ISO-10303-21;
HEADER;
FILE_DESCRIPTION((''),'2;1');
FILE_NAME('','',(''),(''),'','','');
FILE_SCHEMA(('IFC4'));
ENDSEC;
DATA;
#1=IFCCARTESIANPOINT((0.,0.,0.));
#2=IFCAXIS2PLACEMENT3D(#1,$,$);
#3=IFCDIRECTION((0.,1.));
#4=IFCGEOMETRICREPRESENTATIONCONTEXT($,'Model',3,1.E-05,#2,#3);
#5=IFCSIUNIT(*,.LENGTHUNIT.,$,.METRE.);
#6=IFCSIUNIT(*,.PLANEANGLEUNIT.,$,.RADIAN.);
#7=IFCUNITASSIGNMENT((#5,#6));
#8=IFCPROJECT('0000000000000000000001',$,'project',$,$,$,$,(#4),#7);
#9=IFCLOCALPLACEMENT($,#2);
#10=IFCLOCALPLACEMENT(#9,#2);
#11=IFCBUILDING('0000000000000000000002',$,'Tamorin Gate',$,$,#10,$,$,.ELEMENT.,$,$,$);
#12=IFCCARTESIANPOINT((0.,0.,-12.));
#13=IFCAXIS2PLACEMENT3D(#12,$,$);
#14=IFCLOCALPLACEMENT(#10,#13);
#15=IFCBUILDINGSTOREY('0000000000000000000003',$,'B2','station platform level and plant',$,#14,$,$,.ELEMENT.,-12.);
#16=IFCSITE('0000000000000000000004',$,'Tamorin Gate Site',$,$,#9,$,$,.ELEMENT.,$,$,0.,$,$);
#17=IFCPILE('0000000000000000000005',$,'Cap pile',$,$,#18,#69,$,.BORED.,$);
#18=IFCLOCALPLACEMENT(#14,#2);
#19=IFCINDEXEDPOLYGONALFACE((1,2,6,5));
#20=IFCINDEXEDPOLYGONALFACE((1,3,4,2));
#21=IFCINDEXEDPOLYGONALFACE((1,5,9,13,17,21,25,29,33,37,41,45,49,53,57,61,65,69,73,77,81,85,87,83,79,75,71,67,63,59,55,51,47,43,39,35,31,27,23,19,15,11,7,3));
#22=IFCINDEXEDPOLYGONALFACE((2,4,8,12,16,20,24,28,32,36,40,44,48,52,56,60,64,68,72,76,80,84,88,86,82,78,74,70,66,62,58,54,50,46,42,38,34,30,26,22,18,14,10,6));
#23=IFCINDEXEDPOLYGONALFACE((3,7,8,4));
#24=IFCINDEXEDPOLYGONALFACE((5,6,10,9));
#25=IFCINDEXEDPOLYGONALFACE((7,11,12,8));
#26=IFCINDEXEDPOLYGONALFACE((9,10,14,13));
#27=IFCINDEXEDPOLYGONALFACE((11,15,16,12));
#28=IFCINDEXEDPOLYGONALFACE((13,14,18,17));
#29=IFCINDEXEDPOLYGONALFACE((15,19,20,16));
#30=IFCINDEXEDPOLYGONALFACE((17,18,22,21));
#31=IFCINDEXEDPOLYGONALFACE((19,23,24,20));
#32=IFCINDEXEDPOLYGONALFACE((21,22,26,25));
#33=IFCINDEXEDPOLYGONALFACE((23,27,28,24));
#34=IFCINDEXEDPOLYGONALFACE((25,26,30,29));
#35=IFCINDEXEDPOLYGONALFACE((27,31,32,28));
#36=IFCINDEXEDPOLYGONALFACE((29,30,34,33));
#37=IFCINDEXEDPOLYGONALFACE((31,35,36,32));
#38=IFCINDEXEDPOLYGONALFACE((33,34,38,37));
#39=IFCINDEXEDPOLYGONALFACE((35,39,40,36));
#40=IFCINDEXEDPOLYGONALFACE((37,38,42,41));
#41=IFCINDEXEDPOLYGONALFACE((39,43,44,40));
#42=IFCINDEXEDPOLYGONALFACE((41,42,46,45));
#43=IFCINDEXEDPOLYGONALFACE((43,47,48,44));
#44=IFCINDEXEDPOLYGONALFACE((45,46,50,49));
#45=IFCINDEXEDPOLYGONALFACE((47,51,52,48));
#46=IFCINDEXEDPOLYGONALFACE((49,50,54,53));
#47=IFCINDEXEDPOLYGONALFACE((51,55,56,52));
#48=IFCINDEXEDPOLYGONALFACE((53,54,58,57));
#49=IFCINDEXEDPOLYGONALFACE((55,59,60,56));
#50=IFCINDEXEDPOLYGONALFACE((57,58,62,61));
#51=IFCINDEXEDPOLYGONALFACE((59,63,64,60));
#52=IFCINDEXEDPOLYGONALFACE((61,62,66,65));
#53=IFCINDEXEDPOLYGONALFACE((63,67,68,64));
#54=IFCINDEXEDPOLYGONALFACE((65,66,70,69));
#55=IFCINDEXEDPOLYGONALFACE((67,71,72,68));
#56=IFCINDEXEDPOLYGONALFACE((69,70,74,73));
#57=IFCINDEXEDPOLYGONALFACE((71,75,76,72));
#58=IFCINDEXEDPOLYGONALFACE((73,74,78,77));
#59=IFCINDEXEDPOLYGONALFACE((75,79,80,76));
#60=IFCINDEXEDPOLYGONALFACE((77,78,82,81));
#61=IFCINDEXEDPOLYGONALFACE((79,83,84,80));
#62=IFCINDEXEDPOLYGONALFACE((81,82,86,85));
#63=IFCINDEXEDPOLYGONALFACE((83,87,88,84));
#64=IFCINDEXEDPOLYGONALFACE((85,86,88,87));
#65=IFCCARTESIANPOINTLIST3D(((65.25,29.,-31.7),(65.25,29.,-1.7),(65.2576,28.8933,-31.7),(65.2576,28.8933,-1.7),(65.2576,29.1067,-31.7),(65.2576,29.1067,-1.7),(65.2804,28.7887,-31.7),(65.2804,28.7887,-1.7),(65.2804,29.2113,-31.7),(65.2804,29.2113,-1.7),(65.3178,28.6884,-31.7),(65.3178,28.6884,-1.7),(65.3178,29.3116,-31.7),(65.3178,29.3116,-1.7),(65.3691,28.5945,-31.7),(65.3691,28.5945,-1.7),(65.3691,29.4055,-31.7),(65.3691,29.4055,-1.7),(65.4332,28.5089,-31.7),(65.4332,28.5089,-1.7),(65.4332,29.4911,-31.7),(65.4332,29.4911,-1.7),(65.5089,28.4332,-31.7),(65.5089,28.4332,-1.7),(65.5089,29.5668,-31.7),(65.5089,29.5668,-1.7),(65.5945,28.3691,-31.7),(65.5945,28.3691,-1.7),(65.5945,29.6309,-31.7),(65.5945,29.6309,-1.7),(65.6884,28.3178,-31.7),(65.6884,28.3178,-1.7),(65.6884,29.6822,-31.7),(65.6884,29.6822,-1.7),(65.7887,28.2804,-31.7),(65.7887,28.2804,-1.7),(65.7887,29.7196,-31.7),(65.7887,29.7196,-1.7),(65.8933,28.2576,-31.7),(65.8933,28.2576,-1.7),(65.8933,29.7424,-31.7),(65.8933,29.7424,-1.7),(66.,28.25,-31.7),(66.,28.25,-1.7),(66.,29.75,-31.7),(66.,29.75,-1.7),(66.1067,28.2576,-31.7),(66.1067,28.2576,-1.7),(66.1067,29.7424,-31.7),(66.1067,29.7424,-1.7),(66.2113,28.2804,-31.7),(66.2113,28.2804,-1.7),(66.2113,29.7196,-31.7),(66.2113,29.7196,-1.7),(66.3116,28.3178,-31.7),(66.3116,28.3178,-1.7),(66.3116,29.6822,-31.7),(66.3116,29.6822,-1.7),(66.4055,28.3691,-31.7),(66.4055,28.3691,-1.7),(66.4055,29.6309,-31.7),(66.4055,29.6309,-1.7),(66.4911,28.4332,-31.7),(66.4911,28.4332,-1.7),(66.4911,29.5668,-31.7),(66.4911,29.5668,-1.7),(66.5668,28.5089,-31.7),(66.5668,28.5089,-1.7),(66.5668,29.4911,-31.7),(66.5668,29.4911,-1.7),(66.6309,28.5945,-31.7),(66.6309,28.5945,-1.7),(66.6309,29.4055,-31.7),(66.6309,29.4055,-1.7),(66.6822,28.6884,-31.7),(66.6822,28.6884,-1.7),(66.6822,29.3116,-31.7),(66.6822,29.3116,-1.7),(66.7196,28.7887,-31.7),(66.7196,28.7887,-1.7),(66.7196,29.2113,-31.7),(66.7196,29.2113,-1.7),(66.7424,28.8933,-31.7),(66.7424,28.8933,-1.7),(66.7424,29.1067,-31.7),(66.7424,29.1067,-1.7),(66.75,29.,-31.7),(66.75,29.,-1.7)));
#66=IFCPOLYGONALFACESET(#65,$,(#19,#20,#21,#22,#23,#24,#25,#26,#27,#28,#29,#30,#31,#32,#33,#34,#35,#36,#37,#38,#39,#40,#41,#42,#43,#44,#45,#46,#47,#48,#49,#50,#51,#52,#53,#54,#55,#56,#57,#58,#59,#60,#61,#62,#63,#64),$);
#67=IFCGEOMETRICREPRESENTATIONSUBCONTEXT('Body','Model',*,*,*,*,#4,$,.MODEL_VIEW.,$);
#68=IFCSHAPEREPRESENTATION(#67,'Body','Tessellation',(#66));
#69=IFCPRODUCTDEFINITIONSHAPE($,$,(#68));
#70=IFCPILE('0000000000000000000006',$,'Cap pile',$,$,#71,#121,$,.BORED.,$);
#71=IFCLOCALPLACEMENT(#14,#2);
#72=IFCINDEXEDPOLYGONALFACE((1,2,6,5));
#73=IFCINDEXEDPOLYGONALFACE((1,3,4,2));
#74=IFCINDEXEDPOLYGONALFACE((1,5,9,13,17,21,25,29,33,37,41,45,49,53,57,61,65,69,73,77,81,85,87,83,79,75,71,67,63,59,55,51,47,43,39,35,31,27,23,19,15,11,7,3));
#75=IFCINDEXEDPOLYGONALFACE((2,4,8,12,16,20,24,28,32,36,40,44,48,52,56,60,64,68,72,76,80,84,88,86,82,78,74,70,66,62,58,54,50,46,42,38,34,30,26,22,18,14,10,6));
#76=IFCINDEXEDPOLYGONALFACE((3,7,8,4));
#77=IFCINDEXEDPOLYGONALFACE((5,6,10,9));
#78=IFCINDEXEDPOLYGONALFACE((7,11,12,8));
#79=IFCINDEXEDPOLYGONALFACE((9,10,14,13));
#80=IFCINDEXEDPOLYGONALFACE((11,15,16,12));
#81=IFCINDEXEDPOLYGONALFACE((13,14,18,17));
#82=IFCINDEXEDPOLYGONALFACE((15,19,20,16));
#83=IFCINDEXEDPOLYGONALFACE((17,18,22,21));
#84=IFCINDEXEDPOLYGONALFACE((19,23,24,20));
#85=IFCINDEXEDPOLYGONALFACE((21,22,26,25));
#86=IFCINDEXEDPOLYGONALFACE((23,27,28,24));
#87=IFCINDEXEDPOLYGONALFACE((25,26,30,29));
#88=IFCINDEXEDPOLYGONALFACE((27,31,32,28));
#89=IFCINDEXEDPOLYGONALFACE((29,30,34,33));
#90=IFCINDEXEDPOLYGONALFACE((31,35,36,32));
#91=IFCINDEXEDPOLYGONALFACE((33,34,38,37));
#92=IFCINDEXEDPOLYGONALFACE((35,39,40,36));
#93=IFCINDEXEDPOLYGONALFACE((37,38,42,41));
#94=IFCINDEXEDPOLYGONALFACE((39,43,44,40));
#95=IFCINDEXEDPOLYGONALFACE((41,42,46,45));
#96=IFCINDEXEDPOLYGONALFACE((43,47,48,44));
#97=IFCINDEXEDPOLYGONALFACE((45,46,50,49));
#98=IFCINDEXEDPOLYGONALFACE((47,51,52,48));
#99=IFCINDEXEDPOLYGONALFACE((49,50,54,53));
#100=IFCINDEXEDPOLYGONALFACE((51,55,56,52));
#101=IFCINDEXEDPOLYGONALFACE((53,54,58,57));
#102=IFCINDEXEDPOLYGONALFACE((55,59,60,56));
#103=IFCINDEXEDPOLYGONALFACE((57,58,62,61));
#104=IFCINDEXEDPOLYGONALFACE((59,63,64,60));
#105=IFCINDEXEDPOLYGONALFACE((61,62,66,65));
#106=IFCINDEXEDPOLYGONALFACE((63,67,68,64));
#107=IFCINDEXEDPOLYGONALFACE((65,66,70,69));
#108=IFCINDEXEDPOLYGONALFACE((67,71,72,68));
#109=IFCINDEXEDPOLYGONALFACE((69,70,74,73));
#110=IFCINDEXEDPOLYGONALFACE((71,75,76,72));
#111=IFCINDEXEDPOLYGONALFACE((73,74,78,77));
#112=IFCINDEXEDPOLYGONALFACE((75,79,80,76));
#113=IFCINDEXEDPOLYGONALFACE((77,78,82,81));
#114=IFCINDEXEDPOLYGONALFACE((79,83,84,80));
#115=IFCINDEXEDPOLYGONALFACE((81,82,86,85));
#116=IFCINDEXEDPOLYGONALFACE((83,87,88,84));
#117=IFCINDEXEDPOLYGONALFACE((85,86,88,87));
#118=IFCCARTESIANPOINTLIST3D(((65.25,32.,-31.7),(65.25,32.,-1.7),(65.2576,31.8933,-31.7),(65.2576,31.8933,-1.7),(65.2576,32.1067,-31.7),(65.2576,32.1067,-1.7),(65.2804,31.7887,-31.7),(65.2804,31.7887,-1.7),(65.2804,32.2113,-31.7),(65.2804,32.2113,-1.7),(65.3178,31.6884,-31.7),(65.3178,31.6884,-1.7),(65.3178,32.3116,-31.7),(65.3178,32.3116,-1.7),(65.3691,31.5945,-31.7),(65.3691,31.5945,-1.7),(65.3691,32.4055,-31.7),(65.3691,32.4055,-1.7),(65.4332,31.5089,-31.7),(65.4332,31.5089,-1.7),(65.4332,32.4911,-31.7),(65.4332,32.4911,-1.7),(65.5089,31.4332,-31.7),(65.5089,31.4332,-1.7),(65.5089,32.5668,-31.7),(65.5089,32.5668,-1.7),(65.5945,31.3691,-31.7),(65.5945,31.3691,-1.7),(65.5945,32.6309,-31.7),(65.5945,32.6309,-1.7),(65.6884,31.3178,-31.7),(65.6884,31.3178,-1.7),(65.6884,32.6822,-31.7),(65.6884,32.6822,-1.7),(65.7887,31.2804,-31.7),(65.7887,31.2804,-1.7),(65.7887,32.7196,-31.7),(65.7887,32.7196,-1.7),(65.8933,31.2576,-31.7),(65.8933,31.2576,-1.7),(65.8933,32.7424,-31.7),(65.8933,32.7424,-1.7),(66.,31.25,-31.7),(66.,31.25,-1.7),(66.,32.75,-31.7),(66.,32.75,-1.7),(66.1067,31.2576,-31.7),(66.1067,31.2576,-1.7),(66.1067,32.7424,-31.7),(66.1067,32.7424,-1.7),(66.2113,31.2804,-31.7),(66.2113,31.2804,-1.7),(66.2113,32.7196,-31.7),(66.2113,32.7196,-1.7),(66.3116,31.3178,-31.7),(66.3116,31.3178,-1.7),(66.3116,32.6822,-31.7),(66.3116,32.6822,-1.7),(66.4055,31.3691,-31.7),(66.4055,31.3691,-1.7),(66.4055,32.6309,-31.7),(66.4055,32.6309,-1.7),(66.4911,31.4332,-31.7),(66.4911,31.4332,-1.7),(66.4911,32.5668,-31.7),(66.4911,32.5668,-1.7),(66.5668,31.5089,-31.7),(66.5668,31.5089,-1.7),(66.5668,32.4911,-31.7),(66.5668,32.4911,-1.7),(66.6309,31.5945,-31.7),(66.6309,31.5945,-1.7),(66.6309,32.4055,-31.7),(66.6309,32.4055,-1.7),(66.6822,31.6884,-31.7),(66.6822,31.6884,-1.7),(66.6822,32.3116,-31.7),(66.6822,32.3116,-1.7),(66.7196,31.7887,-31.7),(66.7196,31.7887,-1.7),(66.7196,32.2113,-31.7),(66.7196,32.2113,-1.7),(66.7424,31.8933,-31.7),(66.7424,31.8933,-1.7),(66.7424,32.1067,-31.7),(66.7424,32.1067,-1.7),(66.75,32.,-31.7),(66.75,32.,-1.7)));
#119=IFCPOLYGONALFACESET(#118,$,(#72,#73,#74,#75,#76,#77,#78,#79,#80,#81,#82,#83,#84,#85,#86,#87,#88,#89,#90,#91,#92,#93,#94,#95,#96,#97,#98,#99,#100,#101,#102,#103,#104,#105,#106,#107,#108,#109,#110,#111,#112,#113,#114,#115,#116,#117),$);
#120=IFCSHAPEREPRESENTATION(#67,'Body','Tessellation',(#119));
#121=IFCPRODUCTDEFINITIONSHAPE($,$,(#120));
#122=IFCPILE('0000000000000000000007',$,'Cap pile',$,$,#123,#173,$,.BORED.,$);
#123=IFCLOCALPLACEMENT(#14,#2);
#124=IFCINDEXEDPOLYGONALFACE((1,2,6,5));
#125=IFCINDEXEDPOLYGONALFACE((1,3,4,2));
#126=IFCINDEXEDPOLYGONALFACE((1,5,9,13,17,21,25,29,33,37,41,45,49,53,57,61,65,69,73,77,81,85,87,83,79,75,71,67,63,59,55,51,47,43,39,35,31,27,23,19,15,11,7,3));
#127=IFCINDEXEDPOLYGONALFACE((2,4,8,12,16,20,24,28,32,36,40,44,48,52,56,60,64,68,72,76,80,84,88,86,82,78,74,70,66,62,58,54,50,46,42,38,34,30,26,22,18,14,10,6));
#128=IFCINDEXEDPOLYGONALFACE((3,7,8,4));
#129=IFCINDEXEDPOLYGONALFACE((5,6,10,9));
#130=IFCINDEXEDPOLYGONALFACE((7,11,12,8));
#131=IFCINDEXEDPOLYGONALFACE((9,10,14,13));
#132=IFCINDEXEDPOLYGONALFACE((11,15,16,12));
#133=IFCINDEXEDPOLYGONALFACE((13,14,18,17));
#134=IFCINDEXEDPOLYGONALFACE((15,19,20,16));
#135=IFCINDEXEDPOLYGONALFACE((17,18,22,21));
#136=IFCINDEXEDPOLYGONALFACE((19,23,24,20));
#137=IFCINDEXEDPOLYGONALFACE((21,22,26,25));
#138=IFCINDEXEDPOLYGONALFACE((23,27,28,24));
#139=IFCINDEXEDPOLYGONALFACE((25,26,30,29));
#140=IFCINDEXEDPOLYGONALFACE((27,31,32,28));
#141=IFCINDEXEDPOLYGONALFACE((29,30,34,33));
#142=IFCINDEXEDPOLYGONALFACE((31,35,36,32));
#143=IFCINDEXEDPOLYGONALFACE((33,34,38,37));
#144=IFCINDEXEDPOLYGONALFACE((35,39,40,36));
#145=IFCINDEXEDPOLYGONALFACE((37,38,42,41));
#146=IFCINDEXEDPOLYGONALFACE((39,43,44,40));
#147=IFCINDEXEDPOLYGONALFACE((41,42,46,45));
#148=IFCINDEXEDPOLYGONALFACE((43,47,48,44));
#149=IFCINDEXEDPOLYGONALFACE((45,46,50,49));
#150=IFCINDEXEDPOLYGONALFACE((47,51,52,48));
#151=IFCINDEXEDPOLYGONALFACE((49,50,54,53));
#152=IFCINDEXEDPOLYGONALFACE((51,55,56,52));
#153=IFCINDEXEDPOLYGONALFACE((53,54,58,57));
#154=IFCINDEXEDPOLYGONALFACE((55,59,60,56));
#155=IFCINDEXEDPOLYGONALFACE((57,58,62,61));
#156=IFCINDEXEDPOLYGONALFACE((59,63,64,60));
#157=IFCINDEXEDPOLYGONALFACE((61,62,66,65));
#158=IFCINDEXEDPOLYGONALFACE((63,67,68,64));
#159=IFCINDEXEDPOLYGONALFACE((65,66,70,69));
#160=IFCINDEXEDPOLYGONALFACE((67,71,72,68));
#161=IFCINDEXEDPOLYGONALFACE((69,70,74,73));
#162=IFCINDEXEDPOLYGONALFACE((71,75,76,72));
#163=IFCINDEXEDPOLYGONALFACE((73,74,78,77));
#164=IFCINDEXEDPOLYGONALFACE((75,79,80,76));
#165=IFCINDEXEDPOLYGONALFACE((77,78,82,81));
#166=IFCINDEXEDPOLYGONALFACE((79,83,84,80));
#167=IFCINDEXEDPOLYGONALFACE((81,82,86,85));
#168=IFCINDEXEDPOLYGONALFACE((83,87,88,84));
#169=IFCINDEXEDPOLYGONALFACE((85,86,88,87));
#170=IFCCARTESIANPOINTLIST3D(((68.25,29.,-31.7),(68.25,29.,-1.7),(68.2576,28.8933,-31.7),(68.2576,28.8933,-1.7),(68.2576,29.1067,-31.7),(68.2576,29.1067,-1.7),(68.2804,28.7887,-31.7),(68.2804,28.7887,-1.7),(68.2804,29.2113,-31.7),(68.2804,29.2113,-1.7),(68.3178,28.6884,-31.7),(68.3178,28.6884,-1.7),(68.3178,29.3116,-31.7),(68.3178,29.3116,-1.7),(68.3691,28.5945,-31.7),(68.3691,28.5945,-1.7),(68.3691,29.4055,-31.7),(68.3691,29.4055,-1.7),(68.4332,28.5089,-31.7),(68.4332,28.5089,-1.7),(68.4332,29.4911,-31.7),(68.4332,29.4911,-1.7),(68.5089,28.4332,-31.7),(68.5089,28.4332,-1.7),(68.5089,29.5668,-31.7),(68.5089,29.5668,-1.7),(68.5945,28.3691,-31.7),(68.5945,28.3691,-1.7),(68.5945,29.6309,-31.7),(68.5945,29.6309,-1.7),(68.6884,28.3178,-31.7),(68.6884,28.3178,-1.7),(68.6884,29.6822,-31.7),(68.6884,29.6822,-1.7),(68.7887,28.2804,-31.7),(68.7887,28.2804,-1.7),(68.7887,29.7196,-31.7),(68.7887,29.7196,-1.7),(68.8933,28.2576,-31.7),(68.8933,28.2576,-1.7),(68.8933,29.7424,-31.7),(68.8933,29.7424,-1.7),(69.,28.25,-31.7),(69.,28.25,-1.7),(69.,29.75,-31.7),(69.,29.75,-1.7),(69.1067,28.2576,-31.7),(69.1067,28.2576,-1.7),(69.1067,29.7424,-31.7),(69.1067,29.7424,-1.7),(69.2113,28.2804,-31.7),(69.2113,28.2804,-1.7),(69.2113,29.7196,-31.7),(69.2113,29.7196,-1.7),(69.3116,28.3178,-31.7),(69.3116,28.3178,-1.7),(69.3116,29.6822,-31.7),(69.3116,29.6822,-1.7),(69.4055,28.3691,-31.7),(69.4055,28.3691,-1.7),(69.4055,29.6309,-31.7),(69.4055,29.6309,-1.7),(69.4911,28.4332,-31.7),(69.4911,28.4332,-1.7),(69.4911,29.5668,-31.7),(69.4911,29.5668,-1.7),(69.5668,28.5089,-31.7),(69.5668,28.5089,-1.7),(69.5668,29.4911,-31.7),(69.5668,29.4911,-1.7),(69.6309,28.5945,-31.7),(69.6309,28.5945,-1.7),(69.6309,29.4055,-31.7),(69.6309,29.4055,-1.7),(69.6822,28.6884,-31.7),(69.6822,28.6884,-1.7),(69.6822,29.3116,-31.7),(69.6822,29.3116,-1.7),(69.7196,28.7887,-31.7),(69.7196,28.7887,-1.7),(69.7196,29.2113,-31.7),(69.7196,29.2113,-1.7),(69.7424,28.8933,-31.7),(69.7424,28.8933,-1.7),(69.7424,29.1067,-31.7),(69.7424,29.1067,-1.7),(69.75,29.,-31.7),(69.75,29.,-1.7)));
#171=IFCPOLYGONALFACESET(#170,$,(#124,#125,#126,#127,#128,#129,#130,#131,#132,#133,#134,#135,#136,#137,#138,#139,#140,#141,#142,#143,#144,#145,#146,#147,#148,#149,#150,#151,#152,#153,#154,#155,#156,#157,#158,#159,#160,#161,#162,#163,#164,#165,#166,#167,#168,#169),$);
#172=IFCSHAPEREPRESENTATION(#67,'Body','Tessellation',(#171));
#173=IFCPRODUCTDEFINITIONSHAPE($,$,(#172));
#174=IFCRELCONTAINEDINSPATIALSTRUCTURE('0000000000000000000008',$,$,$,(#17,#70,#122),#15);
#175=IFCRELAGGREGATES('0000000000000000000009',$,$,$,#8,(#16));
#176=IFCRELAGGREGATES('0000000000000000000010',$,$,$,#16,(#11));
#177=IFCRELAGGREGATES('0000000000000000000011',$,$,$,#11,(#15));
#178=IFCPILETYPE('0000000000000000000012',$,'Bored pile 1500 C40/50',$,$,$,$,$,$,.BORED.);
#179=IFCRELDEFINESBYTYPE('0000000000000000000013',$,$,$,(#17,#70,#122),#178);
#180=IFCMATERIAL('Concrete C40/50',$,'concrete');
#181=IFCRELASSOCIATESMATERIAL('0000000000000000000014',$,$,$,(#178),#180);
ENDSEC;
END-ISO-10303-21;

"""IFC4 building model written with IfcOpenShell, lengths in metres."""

from ifc_helpers import new_model, si_unit, direction, frame, origin, origin_2d, place, context, subcontext, project, spatial, circle, extrude, material, material_profile, profile_set, type_object, element, save


model = new_model("IFC4")

# Units and contexts
model_context = context("Model", 3, precision=1e-05, world=origin(), true_north=direction((0.0, 1.0)))
body_context = subcontext(model_context, "Body", "Model", "MODEL_VIEW")
ifc_project = project(units=[si_unit("LENGTHUNIT", "METRE"), si_unit("PLANEANGLEUNIT", "RADIAN")], contexts=[model_context])

# Site, building, storey
site_placement = place(None, origin())
site = spatial("IfcSite", under=ifc_project, at=site_placement, Name="Tamorin Gate Site", CompositionType="ELEMENT", RefElevation=0.0)
building_placement = place(site_placement, origin())
building = spatial("IfcBuilding", under=site, at=building_placement, Name="Tamorin Gate", CompositionType="ELEMENT")
storey_placement = place(building_placement, frame((0.0, 0.0, -12.0)))
storey = spatial("IfcBuildingStorey", under=building, at=storey_placement, Name="B2", Description="station platform level and plant", CompositionType="ELEMENT", Elevation=-12.0)

# Piles
ifc_material_1 = material(Name="Concrete C40/50", Category="concrete")
ifc_material_profile_1 = material_profile(ifc_material_1, circle(Radius=0.75, at=origin_2d()))
ifc_profile_set_1 = profile_set([ifc_material_profile_1], Name="Concrete C40/50")
pile_type = type_object("IfcPileType", Name="Bored pile 1500 C40/50", PredefinedType="BORED", material=ifc_profile_set_1)
for number, where, z_axis, x_axis, name in (
    (1, (66.0, 29.0, -1.7), (0.0, 0.0, -1.0), (1.0, 0.0, 0.0), "Cap pile"),
    (2, (66.0, 32.0, -1.7), (0.0, 0.0, -1.0), (1.0, 0.0, 0.0), "Cap pile"),
    (3, (69.0, 29.0, -1.7), (0.0, 0.0, -1.0), (1.0, 0.0, 0.0), "Cap pile"),
):
    element("IfcPile", number, at=place(storey_placement, frame(where, z_axis=z_axis, x_axis=x_axis)), inside=storey, type_object=pile_type, Name=name, PredefinedType="BORED", context=body_context, shape_type="SweptSolid", body=[
        extrude(circle(Radius=0.75, at=origin_2d()), origin(), (0.0, 0.0, 1.0), 30.0),
    ])

save(model, "model.ifc")
